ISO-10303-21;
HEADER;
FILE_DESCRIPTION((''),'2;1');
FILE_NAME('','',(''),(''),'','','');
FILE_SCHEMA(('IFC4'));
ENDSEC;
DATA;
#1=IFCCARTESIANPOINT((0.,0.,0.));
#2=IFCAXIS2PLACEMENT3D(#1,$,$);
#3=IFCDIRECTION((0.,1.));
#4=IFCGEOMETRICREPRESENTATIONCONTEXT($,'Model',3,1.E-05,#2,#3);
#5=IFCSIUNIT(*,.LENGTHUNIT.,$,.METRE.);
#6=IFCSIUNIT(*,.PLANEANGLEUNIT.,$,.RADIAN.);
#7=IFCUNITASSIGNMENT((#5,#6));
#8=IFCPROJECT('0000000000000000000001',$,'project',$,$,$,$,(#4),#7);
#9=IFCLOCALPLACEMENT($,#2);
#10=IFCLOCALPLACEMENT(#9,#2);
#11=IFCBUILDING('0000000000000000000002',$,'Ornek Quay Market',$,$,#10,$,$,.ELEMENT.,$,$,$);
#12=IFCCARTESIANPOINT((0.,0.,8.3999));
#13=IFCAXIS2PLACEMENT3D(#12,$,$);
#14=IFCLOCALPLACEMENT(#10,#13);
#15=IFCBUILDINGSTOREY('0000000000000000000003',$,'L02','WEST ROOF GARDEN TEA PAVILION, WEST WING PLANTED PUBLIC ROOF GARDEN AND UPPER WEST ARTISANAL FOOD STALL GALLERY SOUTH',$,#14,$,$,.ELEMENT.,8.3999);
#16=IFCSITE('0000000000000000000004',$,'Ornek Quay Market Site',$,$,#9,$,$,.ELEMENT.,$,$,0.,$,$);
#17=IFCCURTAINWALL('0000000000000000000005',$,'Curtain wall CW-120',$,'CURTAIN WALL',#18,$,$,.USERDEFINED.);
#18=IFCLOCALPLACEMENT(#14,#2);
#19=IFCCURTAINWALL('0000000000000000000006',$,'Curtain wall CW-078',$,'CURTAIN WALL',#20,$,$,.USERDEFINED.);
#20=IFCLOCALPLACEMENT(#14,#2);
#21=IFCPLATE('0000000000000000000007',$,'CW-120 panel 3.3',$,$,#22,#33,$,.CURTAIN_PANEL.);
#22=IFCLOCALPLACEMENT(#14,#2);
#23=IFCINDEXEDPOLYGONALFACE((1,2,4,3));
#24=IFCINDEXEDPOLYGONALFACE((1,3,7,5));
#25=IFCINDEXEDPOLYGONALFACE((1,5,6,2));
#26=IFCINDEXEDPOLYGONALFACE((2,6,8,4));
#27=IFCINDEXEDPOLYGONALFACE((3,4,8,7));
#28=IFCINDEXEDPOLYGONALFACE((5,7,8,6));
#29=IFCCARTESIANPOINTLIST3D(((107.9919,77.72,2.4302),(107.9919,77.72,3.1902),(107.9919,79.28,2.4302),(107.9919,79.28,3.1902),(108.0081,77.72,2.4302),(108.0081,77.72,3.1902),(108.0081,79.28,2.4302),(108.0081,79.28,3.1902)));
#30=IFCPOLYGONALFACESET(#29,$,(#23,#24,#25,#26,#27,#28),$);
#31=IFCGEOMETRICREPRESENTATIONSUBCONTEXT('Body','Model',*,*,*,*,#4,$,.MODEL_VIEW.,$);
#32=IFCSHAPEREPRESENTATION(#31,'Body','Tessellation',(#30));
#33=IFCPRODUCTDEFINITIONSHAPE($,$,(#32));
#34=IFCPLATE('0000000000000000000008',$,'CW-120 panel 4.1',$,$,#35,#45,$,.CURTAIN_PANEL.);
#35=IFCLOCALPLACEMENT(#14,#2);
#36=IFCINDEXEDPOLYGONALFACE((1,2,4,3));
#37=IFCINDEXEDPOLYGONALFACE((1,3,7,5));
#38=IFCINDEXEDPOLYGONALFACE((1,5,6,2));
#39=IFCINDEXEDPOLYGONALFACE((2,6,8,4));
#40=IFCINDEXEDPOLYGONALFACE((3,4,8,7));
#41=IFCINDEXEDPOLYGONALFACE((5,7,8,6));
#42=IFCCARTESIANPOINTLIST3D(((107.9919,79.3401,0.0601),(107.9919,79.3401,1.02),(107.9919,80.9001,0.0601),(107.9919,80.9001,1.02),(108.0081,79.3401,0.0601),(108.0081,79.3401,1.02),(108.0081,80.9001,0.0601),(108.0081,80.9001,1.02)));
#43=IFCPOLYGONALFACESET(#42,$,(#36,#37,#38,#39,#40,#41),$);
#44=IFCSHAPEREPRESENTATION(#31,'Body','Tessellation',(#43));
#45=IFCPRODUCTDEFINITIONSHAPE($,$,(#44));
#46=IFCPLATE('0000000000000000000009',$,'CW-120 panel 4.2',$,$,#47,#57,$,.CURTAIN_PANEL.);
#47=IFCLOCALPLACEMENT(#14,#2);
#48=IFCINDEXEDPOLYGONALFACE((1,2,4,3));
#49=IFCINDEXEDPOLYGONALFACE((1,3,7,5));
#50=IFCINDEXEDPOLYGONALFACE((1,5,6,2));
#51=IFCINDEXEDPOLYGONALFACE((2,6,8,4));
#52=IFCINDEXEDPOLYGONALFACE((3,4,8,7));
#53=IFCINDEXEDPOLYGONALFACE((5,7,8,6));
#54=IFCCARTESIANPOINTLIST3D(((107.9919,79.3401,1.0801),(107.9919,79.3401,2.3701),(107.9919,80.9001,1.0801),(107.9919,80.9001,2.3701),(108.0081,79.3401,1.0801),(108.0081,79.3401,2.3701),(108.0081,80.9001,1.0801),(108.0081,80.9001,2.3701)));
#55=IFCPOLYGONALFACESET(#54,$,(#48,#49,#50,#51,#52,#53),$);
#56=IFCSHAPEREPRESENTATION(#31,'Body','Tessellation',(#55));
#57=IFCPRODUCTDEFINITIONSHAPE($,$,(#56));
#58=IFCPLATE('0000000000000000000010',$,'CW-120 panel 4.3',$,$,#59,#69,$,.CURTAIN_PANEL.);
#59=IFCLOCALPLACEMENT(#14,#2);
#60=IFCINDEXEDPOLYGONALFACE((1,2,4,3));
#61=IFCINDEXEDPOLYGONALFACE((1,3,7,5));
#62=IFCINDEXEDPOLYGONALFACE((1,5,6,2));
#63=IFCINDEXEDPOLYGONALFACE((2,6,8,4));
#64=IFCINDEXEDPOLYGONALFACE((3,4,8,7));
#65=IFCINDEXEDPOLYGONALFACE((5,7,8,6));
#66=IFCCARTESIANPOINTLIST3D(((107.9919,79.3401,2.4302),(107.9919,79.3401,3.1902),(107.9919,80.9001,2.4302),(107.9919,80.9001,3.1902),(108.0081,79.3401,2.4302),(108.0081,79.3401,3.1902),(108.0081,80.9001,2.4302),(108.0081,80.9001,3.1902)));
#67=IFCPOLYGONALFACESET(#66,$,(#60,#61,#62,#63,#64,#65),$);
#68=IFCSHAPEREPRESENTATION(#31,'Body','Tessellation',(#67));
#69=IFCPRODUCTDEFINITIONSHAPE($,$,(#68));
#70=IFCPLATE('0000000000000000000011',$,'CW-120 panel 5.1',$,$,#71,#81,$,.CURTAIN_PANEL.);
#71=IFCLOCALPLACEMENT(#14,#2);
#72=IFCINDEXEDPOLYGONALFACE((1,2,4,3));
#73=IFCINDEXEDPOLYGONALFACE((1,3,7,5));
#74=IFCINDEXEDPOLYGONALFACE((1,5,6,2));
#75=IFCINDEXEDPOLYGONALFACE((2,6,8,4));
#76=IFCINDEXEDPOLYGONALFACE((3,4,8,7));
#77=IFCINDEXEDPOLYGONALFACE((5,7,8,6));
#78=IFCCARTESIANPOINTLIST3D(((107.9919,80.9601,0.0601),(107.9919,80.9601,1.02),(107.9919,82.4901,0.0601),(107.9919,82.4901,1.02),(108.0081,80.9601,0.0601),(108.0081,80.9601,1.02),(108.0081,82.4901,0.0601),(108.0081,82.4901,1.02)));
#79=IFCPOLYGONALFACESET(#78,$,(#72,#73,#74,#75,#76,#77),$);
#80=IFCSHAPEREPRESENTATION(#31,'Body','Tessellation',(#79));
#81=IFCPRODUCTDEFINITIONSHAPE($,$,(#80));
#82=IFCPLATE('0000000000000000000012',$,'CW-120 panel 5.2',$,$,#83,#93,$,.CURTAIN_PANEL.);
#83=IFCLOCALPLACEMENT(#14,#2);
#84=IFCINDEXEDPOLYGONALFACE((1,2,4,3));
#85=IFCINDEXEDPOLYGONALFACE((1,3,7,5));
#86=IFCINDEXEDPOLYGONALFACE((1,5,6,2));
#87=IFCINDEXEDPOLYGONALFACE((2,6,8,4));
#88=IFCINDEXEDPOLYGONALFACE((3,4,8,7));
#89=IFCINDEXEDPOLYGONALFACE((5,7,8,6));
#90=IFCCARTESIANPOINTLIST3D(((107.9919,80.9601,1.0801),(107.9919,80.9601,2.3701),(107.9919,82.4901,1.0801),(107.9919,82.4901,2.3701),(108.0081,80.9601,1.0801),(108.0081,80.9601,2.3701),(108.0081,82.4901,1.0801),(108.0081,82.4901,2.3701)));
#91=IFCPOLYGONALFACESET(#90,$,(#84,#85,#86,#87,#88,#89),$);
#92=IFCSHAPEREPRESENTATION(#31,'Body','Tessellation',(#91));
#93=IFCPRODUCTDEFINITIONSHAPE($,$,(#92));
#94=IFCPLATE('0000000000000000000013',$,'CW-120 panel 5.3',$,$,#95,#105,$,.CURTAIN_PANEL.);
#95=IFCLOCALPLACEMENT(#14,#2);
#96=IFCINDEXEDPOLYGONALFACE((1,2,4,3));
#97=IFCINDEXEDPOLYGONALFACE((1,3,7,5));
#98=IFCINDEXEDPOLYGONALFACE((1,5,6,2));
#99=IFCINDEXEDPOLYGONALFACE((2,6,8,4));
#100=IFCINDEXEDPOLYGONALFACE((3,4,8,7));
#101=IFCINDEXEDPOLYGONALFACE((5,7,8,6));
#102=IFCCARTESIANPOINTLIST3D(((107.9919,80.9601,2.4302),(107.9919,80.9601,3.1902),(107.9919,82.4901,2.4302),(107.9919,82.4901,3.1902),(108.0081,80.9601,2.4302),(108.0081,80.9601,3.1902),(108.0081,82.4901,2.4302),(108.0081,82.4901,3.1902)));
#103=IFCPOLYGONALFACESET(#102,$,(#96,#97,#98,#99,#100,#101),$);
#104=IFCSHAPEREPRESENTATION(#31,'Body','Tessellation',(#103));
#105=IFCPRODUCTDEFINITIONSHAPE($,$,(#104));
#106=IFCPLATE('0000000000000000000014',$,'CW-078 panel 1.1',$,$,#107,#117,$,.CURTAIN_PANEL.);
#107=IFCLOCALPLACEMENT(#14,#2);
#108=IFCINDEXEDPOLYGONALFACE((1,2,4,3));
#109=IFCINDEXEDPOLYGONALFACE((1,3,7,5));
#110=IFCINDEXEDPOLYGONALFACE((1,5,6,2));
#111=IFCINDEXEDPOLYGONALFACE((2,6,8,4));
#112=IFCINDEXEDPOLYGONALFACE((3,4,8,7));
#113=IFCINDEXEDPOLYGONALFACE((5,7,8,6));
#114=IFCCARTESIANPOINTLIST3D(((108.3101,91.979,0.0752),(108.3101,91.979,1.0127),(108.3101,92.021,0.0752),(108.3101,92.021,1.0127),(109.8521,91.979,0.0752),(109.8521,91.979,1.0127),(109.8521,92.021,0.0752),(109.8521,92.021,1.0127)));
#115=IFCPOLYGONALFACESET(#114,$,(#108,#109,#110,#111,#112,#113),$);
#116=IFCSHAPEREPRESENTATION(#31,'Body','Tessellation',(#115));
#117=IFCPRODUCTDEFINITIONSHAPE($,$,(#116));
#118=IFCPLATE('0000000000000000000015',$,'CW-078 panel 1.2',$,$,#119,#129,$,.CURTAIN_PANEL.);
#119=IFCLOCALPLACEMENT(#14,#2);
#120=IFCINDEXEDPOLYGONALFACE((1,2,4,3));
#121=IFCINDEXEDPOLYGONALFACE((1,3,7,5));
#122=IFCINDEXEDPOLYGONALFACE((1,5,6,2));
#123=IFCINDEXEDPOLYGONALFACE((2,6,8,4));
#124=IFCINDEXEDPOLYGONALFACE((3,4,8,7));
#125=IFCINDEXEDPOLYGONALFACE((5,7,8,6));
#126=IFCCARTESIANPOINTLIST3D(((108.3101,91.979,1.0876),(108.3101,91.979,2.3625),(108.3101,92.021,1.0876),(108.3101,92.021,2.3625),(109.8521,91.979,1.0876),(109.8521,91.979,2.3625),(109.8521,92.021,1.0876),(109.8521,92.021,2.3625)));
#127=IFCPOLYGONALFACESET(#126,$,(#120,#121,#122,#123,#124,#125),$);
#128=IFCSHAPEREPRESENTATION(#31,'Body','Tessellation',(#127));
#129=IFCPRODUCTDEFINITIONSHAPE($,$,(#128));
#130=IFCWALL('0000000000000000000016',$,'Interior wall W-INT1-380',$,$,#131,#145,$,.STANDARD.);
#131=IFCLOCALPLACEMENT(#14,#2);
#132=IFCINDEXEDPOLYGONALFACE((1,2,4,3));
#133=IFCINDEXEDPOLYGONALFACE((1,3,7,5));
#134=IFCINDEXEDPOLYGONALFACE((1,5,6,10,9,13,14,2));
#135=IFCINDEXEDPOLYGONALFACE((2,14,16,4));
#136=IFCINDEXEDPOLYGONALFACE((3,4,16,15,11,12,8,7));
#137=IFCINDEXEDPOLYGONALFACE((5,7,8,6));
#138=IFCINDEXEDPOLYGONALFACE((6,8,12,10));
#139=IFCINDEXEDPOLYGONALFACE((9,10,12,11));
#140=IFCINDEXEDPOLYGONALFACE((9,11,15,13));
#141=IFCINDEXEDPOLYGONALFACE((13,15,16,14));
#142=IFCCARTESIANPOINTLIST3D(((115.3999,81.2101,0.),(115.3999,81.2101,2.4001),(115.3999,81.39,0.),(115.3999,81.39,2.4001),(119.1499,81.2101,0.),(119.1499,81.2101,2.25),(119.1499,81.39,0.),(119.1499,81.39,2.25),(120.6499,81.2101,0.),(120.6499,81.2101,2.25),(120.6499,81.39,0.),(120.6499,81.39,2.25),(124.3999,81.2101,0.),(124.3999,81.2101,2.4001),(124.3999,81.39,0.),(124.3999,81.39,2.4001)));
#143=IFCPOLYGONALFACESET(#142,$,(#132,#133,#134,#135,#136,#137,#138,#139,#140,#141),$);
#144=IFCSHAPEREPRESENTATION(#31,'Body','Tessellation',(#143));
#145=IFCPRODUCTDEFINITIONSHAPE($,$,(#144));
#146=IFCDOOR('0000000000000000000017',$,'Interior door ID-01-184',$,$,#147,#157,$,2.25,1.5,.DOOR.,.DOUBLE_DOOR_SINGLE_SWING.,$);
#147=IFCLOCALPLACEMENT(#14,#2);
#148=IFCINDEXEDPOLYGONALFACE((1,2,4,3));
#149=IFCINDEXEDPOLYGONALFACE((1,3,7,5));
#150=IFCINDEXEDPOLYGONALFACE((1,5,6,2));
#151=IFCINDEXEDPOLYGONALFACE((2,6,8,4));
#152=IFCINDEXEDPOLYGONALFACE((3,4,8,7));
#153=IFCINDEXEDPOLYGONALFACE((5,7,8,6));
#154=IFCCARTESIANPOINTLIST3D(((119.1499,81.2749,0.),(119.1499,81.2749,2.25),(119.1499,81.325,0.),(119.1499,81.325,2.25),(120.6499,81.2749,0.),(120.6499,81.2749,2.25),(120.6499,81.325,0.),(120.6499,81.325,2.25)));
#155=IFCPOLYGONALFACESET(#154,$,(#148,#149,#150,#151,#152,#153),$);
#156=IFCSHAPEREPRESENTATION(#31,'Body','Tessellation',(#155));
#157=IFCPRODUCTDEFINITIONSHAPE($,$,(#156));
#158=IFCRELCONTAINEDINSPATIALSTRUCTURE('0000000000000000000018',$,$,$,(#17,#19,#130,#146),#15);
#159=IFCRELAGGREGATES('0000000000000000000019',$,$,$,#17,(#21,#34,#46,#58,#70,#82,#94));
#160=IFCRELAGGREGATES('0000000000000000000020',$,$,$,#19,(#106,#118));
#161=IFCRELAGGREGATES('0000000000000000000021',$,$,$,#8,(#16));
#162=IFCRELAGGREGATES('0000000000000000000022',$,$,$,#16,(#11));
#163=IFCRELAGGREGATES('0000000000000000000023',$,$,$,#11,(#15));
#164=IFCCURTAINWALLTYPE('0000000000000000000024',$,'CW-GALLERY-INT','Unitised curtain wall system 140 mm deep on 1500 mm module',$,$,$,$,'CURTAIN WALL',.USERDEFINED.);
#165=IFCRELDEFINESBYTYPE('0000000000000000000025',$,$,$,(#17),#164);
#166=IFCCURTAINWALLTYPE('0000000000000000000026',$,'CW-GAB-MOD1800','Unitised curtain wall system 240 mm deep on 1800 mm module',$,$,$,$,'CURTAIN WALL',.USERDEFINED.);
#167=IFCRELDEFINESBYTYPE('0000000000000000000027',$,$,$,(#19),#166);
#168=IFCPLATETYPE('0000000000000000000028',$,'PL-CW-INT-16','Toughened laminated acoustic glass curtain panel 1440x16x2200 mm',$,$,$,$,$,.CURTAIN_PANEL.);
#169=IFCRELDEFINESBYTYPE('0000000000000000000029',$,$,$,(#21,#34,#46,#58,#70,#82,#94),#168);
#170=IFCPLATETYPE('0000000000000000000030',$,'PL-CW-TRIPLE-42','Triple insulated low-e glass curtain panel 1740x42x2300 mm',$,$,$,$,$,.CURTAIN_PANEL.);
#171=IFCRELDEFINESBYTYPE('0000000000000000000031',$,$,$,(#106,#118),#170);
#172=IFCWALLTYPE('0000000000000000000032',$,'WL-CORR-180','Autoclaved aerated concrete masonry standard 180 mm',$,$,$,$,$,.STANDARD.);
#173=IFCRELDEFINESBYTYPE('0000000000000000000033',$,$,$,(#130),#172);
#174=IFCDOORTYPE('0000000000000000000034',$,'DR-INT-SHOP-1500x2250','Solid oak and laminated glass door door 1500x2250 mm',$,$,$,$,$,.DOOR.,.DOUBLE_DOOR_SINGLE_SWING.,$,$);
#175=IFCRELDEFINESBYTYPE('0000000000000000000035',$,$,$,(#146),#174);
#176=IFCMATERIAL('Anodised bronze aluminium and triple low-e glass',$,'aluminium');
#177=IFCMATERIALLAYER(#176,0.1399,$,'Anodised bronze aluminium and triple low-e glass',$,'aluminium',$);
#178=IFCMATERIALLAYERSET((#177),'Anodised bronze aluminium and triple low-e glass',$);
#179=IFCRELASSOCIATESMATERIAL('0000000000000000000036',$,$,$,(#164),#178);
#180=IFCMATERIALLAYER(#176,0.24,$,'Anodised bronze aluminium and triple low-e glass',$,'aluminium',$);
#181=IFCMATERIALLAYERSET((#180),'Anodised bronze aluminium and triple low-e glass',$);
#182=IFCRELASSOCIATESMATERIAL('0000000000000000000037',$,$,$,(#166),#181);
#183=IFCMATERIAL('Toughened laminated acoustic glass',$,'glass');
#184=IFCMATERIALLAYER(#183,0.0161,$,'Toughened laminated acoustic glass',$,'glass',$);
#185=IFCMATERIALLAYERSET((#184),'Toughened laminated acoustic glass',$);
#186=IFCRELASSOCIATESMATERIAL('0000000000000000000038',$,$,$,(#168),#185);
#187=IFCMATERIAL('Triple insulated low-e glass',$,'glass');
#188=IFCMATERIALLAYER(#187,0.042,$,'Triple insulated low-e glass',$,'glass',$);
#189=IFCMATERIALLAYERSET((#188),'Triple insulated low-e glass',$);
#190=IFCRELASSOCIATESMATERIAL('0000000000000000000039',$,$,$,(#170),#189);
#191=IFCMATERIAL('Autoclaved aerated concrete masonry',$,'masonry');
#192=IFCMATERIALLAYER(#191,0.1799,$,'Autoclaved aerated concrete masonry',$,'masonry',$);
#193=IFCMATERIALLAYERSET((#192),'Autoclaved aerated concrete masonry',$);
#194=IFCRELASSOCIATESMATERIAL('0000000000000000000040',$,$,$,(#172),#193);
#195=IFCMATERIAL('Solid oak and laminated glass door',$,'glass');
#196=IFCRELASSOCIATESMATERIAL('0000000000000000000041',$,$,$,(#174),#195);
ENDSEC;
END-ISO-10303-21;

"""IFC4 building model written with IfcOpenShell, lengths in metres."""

from ifc_helpers import new_model, si_unit, direction, frame, frame_2d, origin, origin_2d, place, context, subcontext, project, spatial, rectangle, extrude, material, layer, layer_set, type_object, element, fill, aggregate, save


model = new_model("IFC4")

# Units and contexts
model_context = context("Model", 3, precision=1e-05, world=origin(), true_north=direction((0.0, 1.0)))
body_context = subcontext(model_context, "Body", "Model", "MODEL_VIEW")
ifc_project = project(units=[si_unit("LENGTHUNIT", "METRE"), si_unit("PLANEANGLEUNIT", "RADIAN")], contexts=[model_context])

# Site, building, storey
site_placement = place(None, origin())
site = spatial("IfcSite", under=ifc_project, at=site_placement, Name="Ornek Quay Market Site", CompositionType="ELEMENT", RefElevation=0.0)
building_placement = place(site_placement, origin())
building = spatial("IfcBuilding", under=site, at=building_placement, Name="Ornek Quay Market", CompositionType="ELEMENT")
storey_placement = place(building_placement, frame((0.0, 0.0, 8.3999)))
storey = spatial("IfcBuildingStorey", under=building, at=storey_placement, Name="L02", Description="WEST ROOF GARDEN TEA PAVILION, WEST WING PLANTED PUBLIC ROOF GARDEN AND UPPER WEST ARTISANAL FOOD STALL GALLERY SOUTH", CompositionType="ELEMENT", Elevation=8.3999)

# Curtain wall
ifc_material_1 = material(Name="Anodised bronze aluminium and triple low-e glass", Category="aluminium")
ifc_layer_1 = layer(ifc_material_1, 0.1399, Name="Anodised bronze aluminium and triple low-e glass", Category="aluminium")
ifc_layer_set_1 = layer_set([ifc_layer_1], Name="Anodised bronze aluminium and triple low-e glass")
curtain_wall_type_1 = type_object("IfcCurtainWallType", Name="CW-GALLERY-INT", Description="Unitised curtain wall system 140 mm deep on 1500 mm module", ElementType="CURTAIN WALL", PredefinedType="USERDEFINED", material=ifc_layer_set_1)
curtain_wall_1_placement = place(storey_placement, origin())
curtain_wall_1 = element("IfcCurtainWall", 1, at=curtain_wall_1_placement, inside=storey, type_object=curtain_wall_type_1, Name="Curtain wall CW-120", ObjectType="CURTAIN WALL", PredefinedType="USERDEFINED")

# Curtain wall
ifc_layer_2 = layer(ifc_material_1, 0.24, Name="Anodised bronze aluminium and triple low-e glass", Category="aluminium")
ifc_layer_set_2 = layer_set([ifc_layer_2], Name="Anodised bronze aluminium and triple low-e glass")
curtain_wall_type_2 = type_object("IfcCurtainWallType", Name="CW-GAB-MOD1800", Description="Unitised curtain wall system 240 mm deep on 1800 mm module", ElementType="CURTAIN WALL", PredefinedType="USERDEFINED", material=ifc_layer_set_2)
curtain_wall_2_placement = place(storey_placement, origin())
curtain_wall_2 = element("IfcCurtainWall", 2, at=curtain_wall_2_placement, inside=storey, type_object=curtain_wall_type_2, Name="Curtain wall CW-078", ObjectType="CURTAIN WALL", PredefinedType="USERDEFINED")

# Plates
ifc_material_2 = material(Name="Toughened laminated acoustic glass", Category="glass")
ifc_layer_3 = layer(ifc_material_2, 0.0161, Name="Toughened laminated acoustic glass", Category="glass")
ifc_layer_set_3 = layer_set([ifc_layer_3], Name="Toughened laminated acoustic glass")
plate_type_1 = type_object("IfcPlateType", Name="PL-CW-INT-16", Description="Toughened laminated acoustic glass curtain panel 1440x16x2200 mm", PredefinedType="CURTAIN_PANEL", material=ifc_layer_set_3)
plate_1_placement = place(storey_placement, frame((108.0, 78.5, 2.4302), z_axis=(0.0, 0.0, 1.0), x_axis=(0.0, 1.0, 0.0)))
plate_1 = element("IfcPlate", 3, at=plate_1_placement, type_object=plate_type_1, Name="CW-120 panel 3.3", PredefinedType="CURTAIN_PANEL", context=body_context, shape_type="SweptSolid", body=[
    extrude(rectangle(XDim=1.5601, YDim=0.0161, at=origin_2d()), origin(), (0.0, 0.0, 1.0), 0.76),
])
plate_2_placement = place(storey_placement, frame((108.0, 80.1201, 0.0601), z_axis=(0.0, 0.0, 1.0), x_axis=(0.0, 1.0, 0.0)))
plate_2 = element("IfcPlate", 4, at=plate_2_placement, type_object=plate_type_1, Name="CW-120 panel 4.1", PredefinedType="CURTAIN_PANEL", context=body_context, shape_type="SweptSolid", body=[
    extrude(rectangle(XDim=1.5601, YDim=0.0161, at=origin_2d()), origin(), (0.0, 0.0, 1.0), 0.96),
])
plate_3_placement = place(storey_placement, frame((108.0, 80.1201, 1.0801), z_axis=(0.0, 0.0, 1.0), x_axis=(0.0, 1.0, 0.0)))
plate_3 = element("IfcPlate", 5, at=plate_3_placement, type_object=plate_type_1, Name="CW-120 panel 4.2", PredefinedType="CURTAIN_PANEL", context=body_context, shape_type="SweptSolid", body=[
    extrude(rectangle(XDim=1.5601, YDim=0.0161, at=origin_2d()), origin(), (0.0, 0.0, 1.0), 1.29),
])
plate_4_placement = place(storey_placement, frame((108.0, 80.1201, 2.4302), z_axis=(0.0, 0.0, 1.0), x_axis=(0.0, 1.0, 0.0)))
plate_4 = element("IfcPlate", 6, at=plate_4_placement, type_object=plate_type_1, Name="CW-120 panel 4.3", PredefinedType="CURTAIN_PANEL", context=body_context, shape_type="SweptSolid", body=[
    extrude(rectangle(XDim=1.5601, YDim=0.0161, at=origin_2d()), origin(), (0.0, 0.0, 1.0), 0.76),
])
plate_5_placement = place(storey_placement, frame((108.0, 81.7251, 0.0601), z_axis=(0.0, 0.0, 1.0), x_axis=(0.0, 1.0, 0.0)))
plate_5 = element("IfcPlate", 7, at=plate_5_placement, type_object=plate_type_1, Name="CW-120 panel 5.1", PredefinedType="CURTAIN_PANEL", context=body_context, shape_type="SweptSolid", body=[
    extrude(rectangle(XDim=1.53, YDim=0.0161, at=origin_2d()), origin(), (0.0, 0.0, 1.0), 0.96),
])
plate_6_placement = place(storey_placement, frame((108.0, 81.7251, 1.0801), z_axis=(0.0, 0.0, 1.0), x_axis=(0.0, 1.0, 0.0)))
plate_6 = element("IfcPlate", 8, at=plate_6_placement, type_object=plate_type_1, Name="CW-120 panel 5.2", PredefinedType="CURTAIN_PANEL", context=body_context, shape_type="SweptSolid", body=[
    extrude(rectangle(XDim=1.53, YDim=0.0161, at=origin_2d()), origin(), (0.0, 0.0, 1.0), 1.29),
])
plate_7_placement = place(storey_placement, frame((108.0, 81.7251, 2.4302), z_axis=(0.0, 0.0, 1.0), x_axis=(0.0, 1.0, 0.0)))
plate_7 = element("IfcPlate", 9, at=plate_7_placement, type_object=plate_type_1, Name="CW-120 panel 5.3", PredefinedType="CURTAIN_PANEL", context=body_context, shape_type="SweptSolid", body=[
    extrude(rectangle(XDim=1.53, YDim=0.0161, at=origin_2d()), origin(), (0.0, 0.0, 1.0), 0.76),
])
aggregate(curtain_wall_1, [plate_1, plate_2, plate_3, plate_4, plate_5, plate_6, plate_7])
ifc_material_3 = material(Name="Triple insulated low-e glass", Category="glass")
ifc_layer_4 = layer(ifc_material_3, 0.042, Name="Triple insulated low-e glass", Category="glass")
ifc_layer_set_4 = layer_set([ifc_layer_4], Name="Triple insulated low-e glass")
plate_type_2 = type_object("IfcPlateType", Name="PL-CW-TRIPLE-42", Description="Triple insulated low-e glass curtain panel 1740x42x2300 mm", PredefinedType="CURTAIN_PANEL", material=ifc_layer_set_4)
plate_8_placement = place(storey_placement, frame((109.0811, 92.0, 0.0752), z_axis=(0.0, 0.0, 1.0), x_axis=(1.0, 0.0, 0.0)))
plate_8 = element("IfcPlate", 10, at=plate_8_placement, type_object=plate_type_2, Name="CW-078 panel 1.1", PredefinedType="CURTAIN_PANEL", context=body_context, shape_type="SweptSolid", body=[
    extrude(rectangle(XDim=1.542, YDim=0.042, at=origin_2d()), origin(), (0.0, 0.0, 1.0), 0.9375),
])
plate_9_placement = place(storey_placement, frame((109.0811, 92.0, 1.0876), z_axis=(0.0, 0.0, 1.0), x_axis=(1.0, 0.0, 0.0)))
plate_9 = element("IfcPlate", 11, at=plate_9_placement, type_object=plate_type_2, Name="CW-078 panel 1.2", PredefinedType="CURTAIN_PANEL", context=body_context, shape_type="SweptSolid", body=[
    extrude(rectangle(XDim=1.542, YDim=0.042, at=origin_2d()), origin(), (0.0, 0.0, 1.0), 1.2749),
])
aggregate(curtain_wall_2, [plate_8, plate_9])

# Wall, opening, door
ifc_material_4 = material(Name="Autoclaved aerated concrete masonry", Category="masonry")
ifc_layer_5 = layer(ifc_material_4, 0.1799, Name="Autoclaved aerated concrete masonry", Category="masonry")
ifc_layer_set_5 = layer_set([ifc_layer_5], Name="Autoclaved aerated concrete masonry")
wall_type_1 = type_object("IfcWallType", Name="WL-CORR-180", Description="Autoclaved aerated concrete masonry standard 180 mm", PredefinedType="STANDARD", material=ifc_layer_set_5)
wall_1_placement = place(storey_placement, frame((115.3999, 81.3, 0.0), z_axis=(0.0, 0.0, 1.0), x_axis=(1.0, 0.0, 0.0)))
wall_1 = element("IfcWall", 12, at=wall_1_placement, inside=storey, type_object=wall_type_1, Name="Interior wall W-INT1-380", PredefinedType="STANDARD", context=body_context, shape_type="SweptSolid", body=[
    extrude(rectangle(XDim=9.0, YDim=0.1799, at=frame_2d((4.5, 0.0))), origin(), (0.0, 0.0, 1.0), 2.4001),
])
opening_1_placement = place(wall_1_placement, frame((3.75, 0.0, 0.0)))
opening_1 = element("IfcOpeningElement", 13, at=opening_1_placement, cuts=wall_1, PredefinedType="OPENING", context=body_context, shape_type="SweptSolid", body=[
    extrude(rectangle(XDim=1.5, YDim=2.25, at=frame_2d((0.75, 1.125))), frame((0.0, 0.0999, 0.0), z_axis=(0.0, -1.0, 0.0), x_axis=(1.0, 0.0, 0.0)), (0.0, 0.0, 1.0), 0.2),
])
ifc_material_5 = material(Name="Solid oak and laminated glass door", Category="glass")
door_type_1 = type_object("IfcDoorType", Name="DR-INT-SHOP-1500x2250", Description="Solid oak and laminated glass door door 1500x2250 mm", OperationType="DOUBLE_DOOR_SINGLE_SWING", PredefinedType="DOOR", material=ifc_material_5)
door_1_placement = place(opening_1_placement, origin())
door_1 = element("IfcDoor", 14, at=door_1_placement, inside=storey, type_object=door_type_1, Name="Interior door ID-01-184", OperationType="DOUBLE_DOOR_SINGLE_SWING", OverallHeight=2.25, OverallWidth=1.5, PredefinedType="DOOR", context=body_context, shape_type="SweptSolid", body=[
    extrude(rectangle(XDim=1.5, YDim=2.25, at=frame_2d((0.75, 1.125))), frame((0.0, 0.0249, 0.0), z_axis=(0.0, -1.0, 0.0), x_axis=(1.0, 0.0, 0.0)), (0.0, 0.0, 1.0), 0.05),
])
fill(opening_1, door_1)

save(model, "model.ifc")
